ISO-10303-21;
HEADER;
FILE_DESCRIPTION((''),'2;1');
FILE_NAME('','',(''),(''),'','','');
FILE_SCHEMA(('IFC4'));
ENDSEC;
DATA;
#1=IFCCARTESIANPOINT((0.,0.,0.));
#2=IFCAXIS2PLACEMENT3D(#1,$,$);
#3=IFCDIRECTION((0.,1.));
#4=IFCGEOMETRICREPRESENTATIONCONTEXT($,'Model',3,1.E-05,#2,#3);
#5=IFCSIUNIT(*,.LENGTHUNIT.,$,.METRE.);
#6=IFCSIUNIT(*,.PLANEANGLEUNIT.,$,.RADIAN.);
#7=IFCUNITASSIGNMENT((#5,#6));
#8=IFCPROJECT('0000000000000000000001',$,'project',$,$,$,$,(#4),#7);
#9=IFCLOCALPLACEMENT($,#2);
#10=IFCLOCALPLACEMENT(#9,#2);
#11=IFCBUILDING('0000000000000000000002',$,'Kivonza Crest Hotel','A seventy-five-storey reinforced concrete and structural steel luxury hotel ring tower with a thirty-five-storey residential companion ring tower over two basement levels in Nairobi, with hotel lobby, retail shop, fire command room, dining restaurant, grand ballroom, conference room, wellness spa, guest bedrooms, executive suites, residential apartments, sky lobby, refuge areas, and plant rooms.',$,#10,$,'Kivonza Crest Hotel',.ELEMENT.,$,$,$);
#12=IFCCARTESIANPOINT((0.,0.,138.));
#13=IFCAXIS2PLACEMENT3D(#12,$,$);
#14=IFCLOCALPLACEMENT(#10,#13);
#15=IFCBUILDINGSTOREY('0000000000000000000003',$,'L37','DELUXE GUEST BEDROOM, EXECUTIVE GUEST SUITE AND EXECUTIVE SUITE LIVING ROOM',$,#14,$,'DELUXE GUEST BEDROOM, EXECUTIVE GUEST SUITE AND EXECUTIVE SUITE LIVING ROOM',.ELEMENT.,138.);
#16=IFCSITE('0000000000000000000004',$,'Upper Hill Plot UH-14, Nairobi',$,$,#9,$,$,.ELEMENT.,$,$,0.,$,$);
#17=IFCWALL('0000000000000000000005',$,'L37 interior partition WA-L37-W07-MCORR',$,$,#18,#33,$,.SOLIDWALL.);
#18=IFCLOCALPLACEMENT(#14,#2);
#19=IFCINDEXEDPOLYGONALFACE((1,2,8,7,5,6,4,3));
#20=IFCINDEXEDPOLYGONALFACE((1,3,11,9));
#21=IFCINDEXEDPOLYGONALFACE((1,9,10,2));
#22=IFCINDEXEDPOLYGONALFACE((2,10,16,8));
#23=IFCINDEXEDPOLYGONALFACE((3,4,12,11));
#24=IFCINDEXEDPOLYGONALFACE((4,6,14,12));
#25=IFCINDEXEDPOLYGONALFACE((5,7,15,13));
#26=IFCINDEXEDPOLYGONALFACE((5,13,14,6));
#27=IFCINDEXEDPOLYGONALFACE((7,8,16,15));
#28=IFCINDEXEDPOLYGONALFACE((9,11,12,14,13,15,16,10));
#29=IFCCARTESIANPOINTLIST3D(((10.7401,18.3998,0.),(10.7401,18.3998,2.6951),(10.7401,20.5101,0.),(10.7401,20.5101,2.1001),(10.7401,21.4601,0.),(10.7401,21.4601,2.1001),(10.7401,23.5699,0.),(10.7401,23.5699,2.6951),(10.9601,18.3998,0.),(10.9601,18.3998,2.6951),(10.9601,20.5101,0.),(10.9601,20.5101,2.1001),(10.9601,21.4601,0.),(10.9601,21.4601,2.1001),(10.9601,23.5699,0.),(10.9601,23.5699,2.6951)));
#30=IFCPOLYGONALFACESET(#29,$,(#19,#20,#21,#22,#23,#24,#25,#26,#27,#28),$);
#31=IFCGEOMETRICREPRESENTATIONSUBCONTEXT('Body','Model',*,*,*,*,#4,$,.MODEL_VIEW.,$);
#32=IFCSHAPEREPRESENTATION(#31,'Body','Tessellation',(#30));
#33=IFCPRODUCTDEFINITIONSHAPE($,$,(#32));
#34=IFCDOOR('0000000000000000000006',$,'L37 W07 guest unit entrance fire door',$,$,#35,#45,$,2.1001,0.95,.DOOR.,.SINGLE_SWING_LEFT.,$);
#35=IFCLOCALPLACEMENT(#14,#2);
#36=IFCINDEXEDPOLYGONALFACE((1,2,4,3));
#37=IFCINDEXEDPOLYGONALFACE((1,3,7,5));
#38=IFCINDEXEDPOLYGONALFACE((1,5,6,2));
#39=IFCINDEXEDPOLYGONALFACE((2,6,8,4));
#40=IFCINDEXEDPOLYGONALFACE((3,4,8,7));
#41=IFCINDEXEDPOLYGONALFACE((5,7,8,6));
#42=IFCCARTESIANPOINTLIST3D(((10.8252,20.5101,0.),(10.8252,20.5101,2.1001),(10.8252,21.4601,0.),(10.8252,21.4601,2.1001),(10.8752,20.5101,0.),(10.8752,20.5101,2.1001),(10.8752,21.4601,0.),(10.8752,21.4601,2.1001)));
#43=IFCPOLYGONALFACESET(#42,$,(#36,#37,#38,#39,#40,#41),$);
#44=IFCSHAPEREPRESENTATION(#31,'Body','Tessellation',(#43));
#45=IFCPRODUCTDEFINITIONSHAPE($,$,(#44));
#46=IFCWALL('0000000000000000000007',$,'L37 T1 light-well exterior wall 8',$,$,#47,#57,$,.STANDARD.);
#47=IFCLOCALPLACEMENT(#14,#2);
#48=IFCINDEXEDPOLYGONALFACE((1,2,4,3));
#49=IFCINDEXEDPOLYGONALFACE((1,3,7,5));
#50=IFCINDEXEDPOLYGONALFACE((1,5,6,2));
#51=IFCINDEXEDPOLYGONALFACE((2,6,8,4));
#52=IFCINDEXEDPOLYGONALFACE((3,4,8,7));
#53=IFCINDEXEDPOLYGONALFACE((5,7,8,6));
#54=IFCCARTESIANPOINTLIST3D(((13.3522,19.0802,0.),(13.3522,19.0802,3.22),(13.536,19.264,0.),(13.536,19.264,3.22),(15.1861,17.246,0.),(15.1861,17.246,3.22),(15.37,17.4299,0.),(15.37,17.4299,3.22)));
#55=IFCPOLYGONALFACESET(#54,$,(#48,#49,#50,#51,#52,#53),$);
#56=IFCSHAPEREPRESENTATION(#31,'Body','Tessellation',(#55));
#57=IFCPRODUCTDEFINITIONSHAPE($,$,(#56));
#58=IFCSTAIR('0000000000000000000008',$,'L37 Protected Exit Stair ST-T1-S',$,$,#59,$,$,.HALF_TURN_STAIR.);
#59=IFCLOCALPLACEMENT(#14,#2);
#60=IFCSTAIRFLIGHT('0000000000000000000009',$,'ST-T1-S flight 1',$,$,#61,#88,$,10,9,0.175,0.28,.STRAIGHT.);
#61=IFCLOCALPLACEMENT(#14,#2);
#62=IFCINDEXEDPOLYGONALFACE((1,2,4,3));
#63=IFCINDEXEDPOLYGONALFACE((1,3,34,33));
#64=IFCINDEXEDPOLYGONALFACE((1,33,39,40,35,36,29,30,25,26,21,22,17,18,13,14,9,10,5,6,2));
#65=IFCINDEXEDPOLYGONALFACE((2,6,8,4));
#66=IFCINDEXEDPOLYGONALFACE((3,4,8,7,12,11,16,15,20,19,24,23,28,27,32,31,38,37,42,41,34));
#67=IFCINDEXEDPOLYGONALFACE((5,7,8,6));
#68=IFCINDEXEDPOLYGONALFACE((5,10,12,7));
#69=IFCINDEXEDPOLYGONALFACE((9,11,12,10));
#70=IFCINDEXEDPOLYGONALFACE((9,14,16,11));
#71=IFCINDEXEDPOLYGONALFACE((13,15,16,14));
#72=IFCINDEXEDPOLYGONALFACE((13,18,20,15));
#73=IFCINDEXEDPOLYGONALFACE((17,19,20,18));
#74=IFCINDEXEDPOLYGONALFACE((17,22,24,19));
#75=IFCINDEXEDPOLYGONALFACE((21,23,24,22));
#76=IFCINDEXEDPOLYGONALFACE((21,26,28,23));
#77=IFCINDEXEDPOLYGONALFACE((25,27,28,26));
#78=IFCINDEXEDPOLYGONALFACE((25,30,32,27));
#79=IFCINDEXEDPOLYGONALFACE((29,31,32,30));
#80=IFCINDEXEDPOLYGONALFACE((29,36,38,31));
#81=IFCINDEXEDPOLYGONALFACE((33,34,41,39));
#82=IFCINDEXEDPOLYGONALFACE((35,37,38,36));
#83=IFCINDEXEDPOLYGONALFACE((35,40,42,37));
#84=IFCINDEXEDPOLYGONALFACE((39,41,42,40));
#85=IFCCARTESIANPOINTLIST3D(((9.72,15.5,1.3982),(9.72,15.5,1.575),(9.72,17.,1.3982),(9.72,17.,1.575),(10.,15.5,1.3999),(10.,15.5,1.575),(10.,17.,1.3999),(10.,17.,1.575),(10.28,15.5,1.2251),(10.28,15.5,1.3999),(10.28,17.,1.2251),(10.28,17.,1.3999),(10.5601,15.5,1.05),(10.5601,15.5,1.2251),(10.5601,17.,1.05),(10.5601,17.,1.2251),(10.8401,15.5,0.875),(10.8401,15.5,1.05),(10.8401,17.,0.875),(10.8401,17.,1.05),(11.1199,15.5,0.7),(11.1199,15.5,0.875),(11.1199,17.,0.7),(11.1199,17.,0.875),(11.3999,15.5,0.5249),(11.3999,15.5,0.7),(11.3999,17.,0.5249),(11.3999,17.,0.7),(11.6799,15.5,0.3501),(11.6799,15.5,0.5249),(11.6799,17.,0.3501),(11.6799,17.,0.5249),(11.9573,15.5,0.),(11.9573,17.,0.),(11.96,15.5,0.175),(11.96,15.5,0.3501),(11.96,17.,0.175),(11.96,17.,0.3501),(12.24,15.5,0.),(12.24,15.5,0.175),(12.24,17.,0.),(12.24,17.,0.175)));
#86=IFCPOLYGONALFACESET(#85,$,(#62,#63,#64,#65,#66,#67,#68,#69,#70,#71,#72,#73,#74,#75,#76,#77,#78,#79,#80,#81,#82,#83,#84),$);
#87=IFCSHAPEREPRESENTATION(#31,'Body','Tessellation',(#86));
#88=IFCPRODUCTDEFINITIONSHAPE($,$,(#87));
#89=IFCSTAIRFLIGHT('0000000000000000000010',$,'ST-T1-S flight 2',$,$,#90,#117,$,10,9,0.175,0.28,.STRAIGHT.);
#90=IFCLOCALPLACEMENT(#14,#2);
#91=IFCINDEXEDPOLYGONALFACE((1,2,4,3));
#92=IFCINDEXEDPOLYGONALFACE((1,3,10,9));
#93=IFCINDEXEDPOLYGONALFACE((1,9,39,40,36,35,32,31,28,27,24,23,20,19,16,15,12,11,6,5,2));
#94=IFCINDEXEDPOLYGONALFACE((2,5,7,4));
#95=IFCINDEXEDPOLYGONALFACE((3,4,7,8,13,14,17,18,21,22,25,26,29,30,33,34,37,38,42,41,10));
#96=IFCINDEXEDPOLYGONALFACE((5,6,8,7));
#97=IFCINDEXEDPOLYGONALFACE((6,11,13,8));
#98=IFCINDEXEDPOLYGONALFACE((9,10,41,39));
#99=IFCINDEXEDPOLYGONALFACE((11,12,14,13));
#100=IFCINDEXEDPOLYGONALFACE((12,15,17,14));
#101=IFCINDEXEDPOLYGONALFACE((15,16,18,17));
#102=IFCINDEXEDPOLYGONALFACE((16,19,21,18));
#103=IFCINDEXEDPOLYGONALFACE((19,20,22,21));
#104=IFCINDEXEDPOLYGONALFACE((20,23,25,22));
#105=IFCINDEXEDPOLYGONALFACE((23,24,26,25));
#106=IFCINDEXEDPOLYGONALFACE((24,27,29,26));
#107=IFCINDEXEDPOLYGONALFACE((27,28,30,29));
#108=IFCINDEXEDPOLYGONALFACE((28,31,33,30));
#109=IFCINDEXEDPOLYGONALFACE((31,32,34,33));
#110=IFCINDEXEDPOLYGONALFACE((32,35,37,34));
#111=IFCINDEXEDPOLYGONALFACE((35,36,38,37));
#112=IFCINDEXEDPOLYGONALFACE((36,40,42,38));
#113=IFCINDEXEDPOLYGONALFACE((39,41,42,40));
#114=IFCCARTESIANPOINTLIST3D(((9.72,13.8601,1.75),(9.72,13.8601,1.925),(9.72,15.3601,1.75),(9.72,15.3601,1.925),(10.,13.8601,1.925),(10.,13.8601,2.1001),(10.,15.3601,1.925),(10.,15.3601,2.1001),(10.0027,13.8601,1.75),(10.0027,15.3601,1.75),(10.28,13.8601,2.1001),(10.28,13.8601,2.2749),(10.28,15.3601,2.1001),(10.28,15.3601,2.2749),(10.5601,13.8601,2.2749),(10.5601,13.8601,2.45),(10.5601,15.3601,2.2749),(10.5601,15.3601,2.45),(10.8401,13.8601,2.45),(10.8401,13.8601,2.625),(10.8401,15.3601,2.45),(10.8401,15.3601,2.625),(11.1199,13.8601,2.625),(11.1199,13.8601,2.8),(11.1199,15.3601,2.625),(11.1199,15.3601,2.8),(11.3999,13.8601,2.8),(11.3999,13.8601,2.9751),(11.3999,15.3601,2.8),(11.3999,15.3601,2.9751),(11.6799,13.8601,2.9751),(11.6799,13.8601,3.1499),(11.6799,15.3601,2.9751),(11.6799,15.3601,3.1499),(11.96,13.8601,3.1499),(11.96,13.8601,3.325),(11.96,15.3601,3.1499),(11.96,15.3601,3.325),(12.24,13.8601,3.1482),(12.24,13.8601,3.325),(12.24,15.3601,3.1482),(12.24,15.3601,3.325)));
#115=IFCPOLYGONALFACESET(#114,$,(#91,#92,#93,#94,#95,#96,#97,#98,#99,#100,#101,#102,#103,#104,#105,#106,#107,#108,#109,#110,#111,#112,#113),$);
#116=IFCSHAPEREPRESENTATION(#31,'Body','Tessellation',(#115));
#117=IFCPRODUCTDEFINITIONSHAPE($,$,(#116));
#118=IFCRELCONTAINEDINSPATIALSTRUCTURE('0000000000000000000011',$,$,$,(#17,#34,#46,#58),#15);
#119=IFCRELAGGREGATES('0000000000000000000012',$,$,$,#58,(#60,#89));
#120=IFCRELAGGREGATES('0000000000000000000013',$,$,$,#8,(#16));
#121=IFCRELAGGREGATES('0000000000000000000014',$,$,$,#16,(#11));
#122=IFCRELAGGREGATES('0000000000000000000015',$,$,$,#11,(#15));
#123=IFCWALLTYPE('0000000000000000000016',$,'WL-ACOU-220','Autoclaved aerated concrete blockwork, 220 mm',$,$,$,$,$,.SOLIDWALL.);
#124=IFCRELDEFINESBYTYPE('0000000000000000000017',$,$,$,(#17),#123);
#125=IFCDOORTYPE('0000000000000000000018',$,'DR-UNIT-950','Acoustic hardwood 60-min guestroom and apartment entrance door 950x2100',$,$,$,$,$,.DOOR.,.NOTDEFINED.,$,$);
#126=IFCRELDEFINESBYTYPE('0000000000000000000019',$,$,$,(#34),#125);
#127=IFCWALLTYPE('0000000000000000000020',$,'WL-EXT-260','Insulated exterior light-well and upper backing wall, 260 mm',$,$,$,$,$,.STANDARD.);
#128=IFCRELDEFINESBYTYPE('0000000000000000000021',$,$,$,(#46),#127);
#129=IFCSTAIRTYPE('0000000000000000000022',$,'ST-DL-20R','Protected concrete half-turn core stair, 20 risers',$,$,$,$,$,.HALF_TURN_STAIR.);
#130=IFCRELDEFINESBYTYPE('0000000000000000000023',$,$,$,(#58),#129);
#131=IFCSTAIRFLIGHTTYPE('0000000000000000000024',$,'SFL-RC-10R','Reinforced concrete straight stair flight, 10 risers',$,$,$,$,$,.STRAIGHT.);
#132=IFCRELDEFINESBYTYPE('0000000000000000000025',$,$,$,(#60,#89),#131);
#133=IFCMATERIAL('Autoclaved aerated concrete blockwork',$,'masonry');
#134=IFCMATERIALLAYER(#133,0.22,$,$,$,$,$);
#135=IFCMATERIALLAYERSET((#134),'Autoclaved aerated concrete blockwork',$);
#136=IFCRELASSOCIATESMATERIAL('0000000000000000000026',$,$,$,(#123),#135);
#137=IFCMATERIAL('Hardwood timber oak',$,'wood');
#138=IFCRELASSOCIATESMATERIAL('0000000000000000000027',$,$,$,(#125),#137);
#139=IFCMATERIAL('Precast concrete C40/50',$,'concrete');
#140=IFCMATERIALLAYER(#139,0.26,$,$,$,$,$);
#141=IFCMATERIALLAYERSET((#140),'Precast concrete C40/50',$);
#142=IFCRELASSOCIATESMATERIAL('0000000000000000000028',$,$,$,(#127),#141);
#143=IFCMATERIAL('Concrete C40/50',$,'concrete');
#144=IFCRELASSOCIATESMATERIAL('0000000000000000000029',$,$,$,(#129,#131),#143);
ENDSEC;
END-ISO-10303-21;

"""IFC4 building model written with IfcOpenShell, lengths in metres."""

from ifc_helpers import new_model, si_unit, direction, frame, frame_2d, origin, place, context, subcontext, project, spatial, polyline, rectangle, outline, extrude, material, layer, layer_set, type_object, element, fill, aggregate, save


model = new_model("IFC4")

# Units and contexts
model_context = context("Model", 3, precision=1e-05, world=origin(), true_north=direction((0.0, 1.0)))
body_context = subcontext(model_context, "Body", "Model", "MODEL_VIEW")
ifc_project = project(units=[si_unit("LENGTHUNIT", "METRE"), si_unit("PLANEANGLEUNIT", "RADIAN")], contexts=[model_context])

# Site, building, storey
site_placement = place(None, origin())
site = spatial("IfcSite", under=ifc_project, at=site_placement, Name="Upper Hill Plot UH-14, Nairobi", CompositionType="ELEMENT", RefElevation=0.0)
building_placement = place(site_placement, origin())
building = spatial("IfcBuilding", under=site, at=building_placement, Name="Kivonza Crest Hotel", Description="A seventy-five-storey reinforced concrete and structural steel luxury hotel ring tower with a thirty-five-storey residential companion ring tower over two basement levels in Nairobi, with hotel lobby, retail shop, fire command room, dining restaurant, grand ballroom, conference room, wellness spa, guest bedrooms, executive suites, residential apartments, sky lobby, refuge areas, and plant rooms.", LongName="Kivonza Crest Hotel", CompositionType="ELEMENT")
storey_placement = place(building_placement, frame((0.0, 0.0, 138.0)))
storey = spatial("IfcBuildingStorey", under=building, at=storey_placement, Name="L37", Description="DELUXE GUEST BEDROOM, EXECUTIVE GUEST SUITE AND EXECUTIVE SUITE LIVING ROOM", LongName="DELUXE GUEST BEDROOM, EXECUTIVE GUEST SUITE AND EXECUTIVE SUITE LIVING ROOM", CompositionType="ELEMENT", Elevation=138.0)

# Shared definitions
ifc_material_1 = material(Name="Autoclaved aerated concrete blockwork", Category="masonry")
ifc_layer_1 = layer(ifc_material_1, 0.22)
ifc_layer_set_1 = layer_set([ifc_layer_1], Name="Autoclaved aerated concrete blockwork")
wall_type_1 = type_object("IfcWallType", Name="WL-ACOU-220", Description="Autoclaved aerated concrete blockwork, 220 mm", PredefinedType="SOLIDWALL", material=ifc_layer_set_1)
ifc_material_2 = material(Name="Hardwood timber oak", Category="wood")
door_type_1 = type_object("IfcDoorType", Name="DR-UNIT-950", Description="Acoustic hardwood 60-min guestroom and apartment entrance door 950x2100", OperationType="NOTDEFINED", PredefinedType="DOOR", material=ifc_material_2)

# Wall, opening, door
wall_1_placement = place(storey_placement, frame((10.8501, 18.3999, 0.0), z_axis=(0.0, 0.0, 1.0), x_axis=(0.0, 1.0, 0.0)))
wall_1 = element("IfcWall", 1, at=wall_1_placement, inside=storey, type_object=wall_type_1, Name="L37 interior partition WA-L37-W07-MCORR", PredefinedType="SOLIDWALL", context=body_context, shape_type="SweptSolid", body=[
    extrude(rectangle(XDim=5.1702, YDim=0.22, at=frame_2d((2.585, 0.0))), origin(), (0.0, 0.0, 1.0), 2.6951),
])
opening_1_placement = place(wall_1_placement, frame((2.1101, 0.0, 0.0)))
opening_1 = element("IfcOpeningElement", 2, at=opening_1_placement, cuts=wall_1, PredefinedType="OPENING", context=body_context, shape_type="SweptSolid", body=[
    extrude(rectangle(XDim=0.95, YDim=2.1001, at=frame_2d((0.4751, 1.05))), frame((0.0, 0.1201, 0.0), z_axis=(0.0, -1.0, 0.0), x_axis=(1.0, 0.0, 0.0)), (0.0, 0.0, 1.0), 0.24),
])
door_1_placement = place(opening_1_placement, origin())
door_1 = element("IfcDoor", 3, at=door_1_placement, inside=storey, type_object=door_type_1, Name="L37 W07 guest unit entrance fire door", OperationType="SINGLE_SWING_LEFT", OverallHeight=2.1001, OverallWidth=0.95, PredefinedType="DOOR", context=body_context, shape_type="SweptSolid", body=[
    extrude(rectangle(XDim=0.95, YDim=2.1001, at=frame_2d((0.4751, 1.05))), frame((0.0, 0.0249, 0.0), z_axis=(0.0, -1.0, 0.0), x_axis=(1.0, 0.0, 0.0)), (0.0, 0.0, 1.0), 0.05),
])
fill(opening_1, door_1)

# Wall
ifc_material_3 = material(Name="Precast concrete C40/50", Category="concrete")
ifc_layer_2 = layer(ifc_material_3, 0.26)
ifc_layer_set_2 = layer_set([ifc_layer_2], Name="Precast concrete C40/50")
wall_type_2 = type_object("IfcWallType", Name="WL-EXT-260", Description="Insulated exterior light-well and upper backing wall, 260 mm", PredefinedType="STANDARD", material=ifc_layer_set_2)
wall_2_placement = place(storey_placement, frame((13.4441, 19.1721, 0.0), z_axis=(0.0, 0.0, 1.0), x_axis=(0.70706, -0.707154, 0.0)))
element("IfcWall", 4, at=wall_2_placement, inside=storey, type_object=wall_type_2, Name="L37 T1 light-well exterior wall 8", PredefinedType="STANDARD", context=body_context, shape_type="SweptSolid", body=[
    extrude(rectangle(XDim=2.5938, YDim=0.26, at=frame_2d((1.2969, 0.0))), origin(), (0.0, 0.0, 1.0), 3.22),
])

# Stair, stair flights
ifc_material_4 = material(Name="Concrete C40/50", Category="concrete")
stair_type = type_object("IfcStairType", Name="ST-DL-20R", Description="Protected concrete half-turn core stair, 20 risers", PredefinedType="HALF_TURN_STAIR", material=ifc_material_4)
stair_placement = place(storey_placement, origin())
stair = element("IfcStair", 5, at=stair_placement, inside=storey, type_object=stair_type, Name="L37 Protected Exit Stair ST-T1-S", PredefinedType="HALF_TURN_STAIR")
stair_flight_type = type_object("IfcStairFlightType", Name="SFL-RC-10R", Description="Reinforced concrete straight stair flight, 10 risers", PredefinedType="STRAIGHT", material=ifc_material_4)
stair_flight_1_placement = place(storey_placement, frame((12.24, 16.25, 0.0), z_axis=(0.0, 0.0, 1.0), x_axis=(-1.0, 0.0, 0.0)))
stair_flight_1 = element("IfcStairFlight", 6, at=stair_flight_1_placement, type_object=stair_flight_type, Name="ST-T1-S flight 1", NumberOfRisers=10, NumberOfTreads=9, PredefinedType="STRAIGHT", RiserHeight=0.175, TreadLength=0.28, context=body_context, shape_type="SweptSolid", body=[
    extrude(outline(polyline([(0.0, 0.0), (0.0, 0.175), (0.28, 0.175), (0.28, 0.3501), (0.5601, 0.3501), (0.5601, 0.5249), (0.8401, 0.5249), (0.8401, 0.7), (1.1201, 0.7), (1.1201, 0.875), (1.3999, 0.875), (1.3999, 1.05), (1.6799, 1.05), (1.6799, 1.2251), (1.96, 1.2251), (1.96, 1.3999), (2.24, 1.3999), (2.24, 1.575), (2.52, 1.575), (2.52, 1.75), (2.52, 1.3982), (0.2827, 0.0), (0.0, 0.0)])), frame((0.0, 0.75, 0.0), z_axis=(0.0, -1.0, 0.0), x_axis=(1.0, 0.0, 0.0)), (0.0, 0.0, 1.0), 1.5),
])
stair_flight_2_placement = place(storey_placement, frame((9.72, 14.6101, 1.75), z_axis=(0.0, 0.0, 1.0), x_axis=(1.0, 0.0, 0.0)))
stair_flight_2 = element("IfcStairFlight", 7, at=stair_flight_2_placement, type_object=stair_flight_type, Name="ST-T1-S flight 2", NumberOfRisers=10, NumberOfTreads=9, PredefinedType="STRAIGHT", RiserHeight=0.175, TreadLength=0.28, context=body_context, shape_type="SweptSolid", body=[
    extrude(outline(polyline([(0.0, 0.0), (0.0, 0.175), (0.28, 0.175), (0.28, 0.3501), (0.5601, 0.3501), (0.5601, 0.5249), (0.8401, 0.5249), (0.8401, 0.7), (1.1201, 0.7), (1.1201, 0.875), (1.3999, 0.875), (1.3999, 1.05), (1.6799, 1.05), (1.6799, 1.2251), (1.96, 1.2251), (1.96, 1.3999), (2.24, 1.3999), (2.24, 1.575), (2.52, 1.575), (2.52, 1.75), (2.52, 1.3982), (0.2827, 0.0), (0.0, 0.0)])), frame((0.0, 0.75, 0.0), z_axis=(0.0, -1.0, 0.0), x_axis=(1.0, 0.0, 0.0)), (0.0, 0.0, 1.0), 1.5),
])
aggregate(stair, [stair_flight_1, stair_flight_2])

save(model, "model.ifc")
